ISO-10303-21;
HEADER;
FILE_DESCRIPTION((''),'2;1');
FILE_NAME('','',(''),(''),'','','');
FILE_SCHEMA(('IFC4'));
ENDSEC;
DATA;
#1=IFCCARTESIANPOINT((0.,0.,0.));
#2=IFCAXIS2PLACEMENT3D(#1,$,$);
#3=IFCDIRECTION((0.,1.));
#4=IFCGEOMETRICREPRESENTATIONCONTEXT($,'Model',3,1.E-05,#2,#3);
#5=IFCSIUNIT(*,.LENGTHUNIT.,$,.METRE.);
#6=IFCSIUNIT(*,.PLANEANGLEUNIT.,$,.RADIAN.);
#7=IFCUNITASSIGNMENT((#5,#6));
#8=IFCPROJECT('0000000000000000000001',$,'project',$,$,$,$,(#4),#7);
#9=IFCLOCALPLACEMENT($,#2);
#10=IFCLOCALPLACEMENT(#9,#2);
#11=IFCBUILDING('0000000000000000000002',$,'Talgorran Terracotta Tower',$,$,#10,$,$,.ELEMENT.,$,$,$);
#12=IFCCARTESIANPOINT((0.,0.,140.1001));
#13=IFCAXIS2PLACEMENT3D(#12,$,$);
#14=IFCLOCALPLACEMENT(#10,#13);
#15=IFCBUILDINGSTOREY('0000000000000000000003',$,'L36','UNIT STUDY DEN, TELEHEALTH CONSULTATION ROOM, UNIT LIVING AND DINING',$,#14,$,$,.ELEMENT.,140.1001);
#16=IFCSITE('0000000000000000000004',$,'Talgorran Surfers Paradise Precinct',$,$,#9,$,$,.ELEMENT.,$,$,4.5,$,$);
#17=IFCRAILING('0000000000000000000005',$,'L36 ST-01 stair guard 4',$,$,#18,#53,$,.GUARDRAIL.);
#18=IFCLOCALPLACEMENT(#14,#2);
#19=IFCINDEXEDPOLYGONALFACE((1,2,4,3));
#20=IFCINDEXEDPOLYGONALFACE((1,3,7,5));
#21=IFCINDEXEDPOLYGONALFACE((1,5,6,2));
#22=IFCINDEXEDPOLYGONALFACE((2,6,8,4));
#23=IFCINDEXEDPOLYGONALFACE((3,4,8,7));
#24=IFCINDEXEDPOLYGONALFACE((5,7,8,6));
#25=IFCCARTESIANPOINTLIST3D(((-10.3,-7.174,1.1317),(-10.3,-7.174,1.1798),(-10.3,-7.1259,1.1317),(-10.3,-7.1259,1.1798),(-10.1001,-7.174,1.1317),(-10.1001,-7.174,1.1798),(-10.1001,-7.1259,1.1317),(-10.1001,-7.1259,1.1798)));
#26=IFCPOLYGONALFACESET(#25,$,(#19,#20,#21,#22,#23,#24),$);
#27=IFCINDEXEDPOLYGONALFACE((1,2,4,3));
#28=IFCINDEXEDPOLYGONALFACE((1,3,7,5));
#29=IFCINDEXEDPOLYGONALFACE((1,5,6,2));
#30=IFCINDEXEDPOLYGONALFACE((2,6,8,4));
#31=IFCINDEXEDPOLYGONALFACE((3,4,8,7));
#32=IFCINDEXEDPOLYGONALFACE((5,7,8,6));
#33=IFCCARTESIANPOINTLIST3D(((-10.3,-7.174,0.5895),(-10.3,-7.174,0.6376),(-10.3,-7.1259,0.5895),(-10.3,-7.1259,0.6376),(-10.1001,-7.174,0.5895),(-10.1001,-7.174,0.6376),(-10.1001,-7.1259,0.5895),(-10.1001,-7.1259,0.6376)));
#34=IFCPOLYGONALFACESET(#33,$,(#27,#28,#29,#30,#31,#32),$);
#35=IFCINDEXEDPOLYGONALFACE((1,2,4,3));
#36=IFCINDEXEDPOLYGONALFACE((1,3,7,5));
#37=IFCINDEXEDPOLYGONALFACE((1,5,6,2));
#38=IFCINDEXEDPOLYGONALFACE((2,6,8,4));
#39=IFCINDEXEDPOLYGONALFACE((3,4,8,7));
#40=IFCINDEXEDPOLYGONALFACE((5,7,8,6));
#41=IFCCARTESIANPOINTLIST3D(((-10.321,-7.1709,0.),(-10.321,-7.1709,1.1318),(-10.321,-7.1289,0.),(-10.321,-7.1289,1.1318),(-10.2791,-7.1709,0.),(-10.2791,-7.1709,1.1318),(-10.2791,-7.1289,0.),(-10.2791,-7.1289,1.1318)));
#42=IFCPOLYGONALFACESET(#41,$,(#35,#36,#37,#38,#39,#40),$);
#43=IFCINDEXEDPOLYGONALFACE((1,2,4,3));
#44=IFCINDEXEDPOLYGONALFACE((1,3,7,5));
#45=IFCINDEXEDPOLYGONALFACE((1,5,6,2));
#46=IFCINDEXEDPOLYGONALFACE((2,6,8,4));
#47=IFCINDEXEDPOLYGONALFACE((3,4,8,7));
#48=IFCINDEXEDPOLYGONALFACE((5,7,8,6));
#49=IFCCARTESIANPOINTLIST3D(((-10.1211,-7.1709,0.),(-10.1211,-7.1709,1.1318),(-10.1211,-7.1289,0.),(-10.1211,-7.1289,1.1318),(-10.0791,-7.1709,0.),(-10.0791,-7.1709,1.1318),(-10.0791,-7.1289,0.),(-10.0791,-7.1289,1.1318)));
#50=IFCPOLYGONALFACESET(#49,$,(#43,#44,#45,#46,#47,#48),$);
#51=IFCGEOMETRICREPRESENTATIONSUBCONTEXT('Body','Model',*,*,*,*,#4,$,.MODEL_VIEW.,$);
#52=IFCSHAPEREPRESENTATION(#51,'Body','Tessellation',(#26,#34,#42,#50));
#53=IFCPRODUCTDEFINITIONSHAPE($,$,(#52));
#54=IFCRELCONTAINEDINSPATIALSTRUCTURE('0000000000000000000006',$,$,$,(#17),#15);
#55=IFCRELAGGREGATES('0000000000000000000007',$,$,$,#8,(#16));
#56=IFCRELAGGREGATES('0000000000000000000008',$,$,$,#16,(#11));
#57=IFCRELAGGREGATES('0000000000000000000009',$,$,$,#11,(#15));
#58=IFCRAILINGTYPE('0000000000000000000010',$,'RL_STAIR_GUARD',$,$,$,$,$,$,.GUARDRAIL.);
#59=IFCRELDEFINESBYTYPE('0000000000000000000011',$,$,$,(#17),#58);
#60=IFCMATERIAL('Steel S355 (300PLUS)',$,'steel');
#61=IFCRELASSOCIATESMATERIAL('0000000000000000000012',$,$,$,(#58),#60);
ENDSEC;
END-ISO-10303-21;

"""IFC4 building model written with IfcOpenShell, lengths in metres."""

from ifc_helpers import new_model, si_unit, direction, frame, origin, origin_2d, place, context, subcontext, project, spatial, rectangle, extrude, material, type_object, element, save


model = new_model("IFC4")

# Units and contexts
model_context = context("Model", 3, precision=1e-05, world=origin(), true_north=direction((0.0, 1.0)))
body_context = subcontext(model_context, "Body", "Model", "MODEL_VIEW")
ifc_project = project(units=[si_unit("LENGTHUNIT", "METRE"), si_unit("PLANEANGLEUNIT", "RADIAN")], contexts=[model_context])

# Site, building, storey
site_placement = place(None, origin())
site = spatial("IfcSite", under=ifc_project, at=site_placement, Name="Talgorran Surfers Paradise Precinct", CompositionType="ELEMENT", RefElevation=4.5)
building_placement = place(site_placement, origin())
building = spatial("IfcBuilding", under=site, at=building_placement, Name="Talgorran Terracotta Tower", CompositionType="ELEMENT")
storey_placement = place(building_placement, frame((0.0, 0.0, 140.1001)))
storey = spatial("IfcBuildingStorey", under=building, at=storey_placement, Name="L36", Description="UNIT STUDY DEN, TELEHEALTH CONSULTATION ROOM, UNIT LIVING AND DINING", CompositionType="ELEMENT", Elevation=140.1001)

# Shared definitions
ifc_material_1 = material(Name="Steel S355 (300PLUS)", Category="steel")

# Railing
railing_type_1 = type_object("IfcRailingType", Name="RL_STAIR_GUARD", PredefinedType="GUARDRAIL", material=ifc_material_1)
railing_1_placement = place(storey_placement, frame((-10.3, -7.1499, 0.0)))
element("IfcRailing", 1, at=railing_1_placement, inside=storey, type_object=railing_type_1, Name="L36 ST-01 stair guard 4", PredefinedType="GUARDRAIL", context=body_context, shape_type="SweptSolid", body=[
    extrude(rectangle(XDim=0.0481, YDim=0.0481, at=origin_2d()), frame((0.0, 0.0, 1.1558), z_axis=(1.0, 0.0, 0.0), x_axis=(0.0, 1.0, 0.0)), (0.0, 0.0, 1.0), 0.2),
    extrude(rectangle(XDim=0.0481, YDim=0.0481, at=origin_2d()), frame((0.0, 0.0, 0.6135), z_axis=(1.0, 0.0, 0.0), x_axis=(0.0, 1.0, 0.0)), (0.0, 0.0, 1.0), 0.2),
    extrude(rectangle(XDim=0.042, YDim=0.042, at=origin_2d()), origin(), (0.0, 0.0, 1.0), 1.1318),
    extrude(rectangle(XDim=0.042, YDim=0.042, at=origin_2d()), frame((0.2, 0.0, 0.0)), (0.0, 0.0, 1.0), 1.1318),
])

save(model, "model.ifc")
